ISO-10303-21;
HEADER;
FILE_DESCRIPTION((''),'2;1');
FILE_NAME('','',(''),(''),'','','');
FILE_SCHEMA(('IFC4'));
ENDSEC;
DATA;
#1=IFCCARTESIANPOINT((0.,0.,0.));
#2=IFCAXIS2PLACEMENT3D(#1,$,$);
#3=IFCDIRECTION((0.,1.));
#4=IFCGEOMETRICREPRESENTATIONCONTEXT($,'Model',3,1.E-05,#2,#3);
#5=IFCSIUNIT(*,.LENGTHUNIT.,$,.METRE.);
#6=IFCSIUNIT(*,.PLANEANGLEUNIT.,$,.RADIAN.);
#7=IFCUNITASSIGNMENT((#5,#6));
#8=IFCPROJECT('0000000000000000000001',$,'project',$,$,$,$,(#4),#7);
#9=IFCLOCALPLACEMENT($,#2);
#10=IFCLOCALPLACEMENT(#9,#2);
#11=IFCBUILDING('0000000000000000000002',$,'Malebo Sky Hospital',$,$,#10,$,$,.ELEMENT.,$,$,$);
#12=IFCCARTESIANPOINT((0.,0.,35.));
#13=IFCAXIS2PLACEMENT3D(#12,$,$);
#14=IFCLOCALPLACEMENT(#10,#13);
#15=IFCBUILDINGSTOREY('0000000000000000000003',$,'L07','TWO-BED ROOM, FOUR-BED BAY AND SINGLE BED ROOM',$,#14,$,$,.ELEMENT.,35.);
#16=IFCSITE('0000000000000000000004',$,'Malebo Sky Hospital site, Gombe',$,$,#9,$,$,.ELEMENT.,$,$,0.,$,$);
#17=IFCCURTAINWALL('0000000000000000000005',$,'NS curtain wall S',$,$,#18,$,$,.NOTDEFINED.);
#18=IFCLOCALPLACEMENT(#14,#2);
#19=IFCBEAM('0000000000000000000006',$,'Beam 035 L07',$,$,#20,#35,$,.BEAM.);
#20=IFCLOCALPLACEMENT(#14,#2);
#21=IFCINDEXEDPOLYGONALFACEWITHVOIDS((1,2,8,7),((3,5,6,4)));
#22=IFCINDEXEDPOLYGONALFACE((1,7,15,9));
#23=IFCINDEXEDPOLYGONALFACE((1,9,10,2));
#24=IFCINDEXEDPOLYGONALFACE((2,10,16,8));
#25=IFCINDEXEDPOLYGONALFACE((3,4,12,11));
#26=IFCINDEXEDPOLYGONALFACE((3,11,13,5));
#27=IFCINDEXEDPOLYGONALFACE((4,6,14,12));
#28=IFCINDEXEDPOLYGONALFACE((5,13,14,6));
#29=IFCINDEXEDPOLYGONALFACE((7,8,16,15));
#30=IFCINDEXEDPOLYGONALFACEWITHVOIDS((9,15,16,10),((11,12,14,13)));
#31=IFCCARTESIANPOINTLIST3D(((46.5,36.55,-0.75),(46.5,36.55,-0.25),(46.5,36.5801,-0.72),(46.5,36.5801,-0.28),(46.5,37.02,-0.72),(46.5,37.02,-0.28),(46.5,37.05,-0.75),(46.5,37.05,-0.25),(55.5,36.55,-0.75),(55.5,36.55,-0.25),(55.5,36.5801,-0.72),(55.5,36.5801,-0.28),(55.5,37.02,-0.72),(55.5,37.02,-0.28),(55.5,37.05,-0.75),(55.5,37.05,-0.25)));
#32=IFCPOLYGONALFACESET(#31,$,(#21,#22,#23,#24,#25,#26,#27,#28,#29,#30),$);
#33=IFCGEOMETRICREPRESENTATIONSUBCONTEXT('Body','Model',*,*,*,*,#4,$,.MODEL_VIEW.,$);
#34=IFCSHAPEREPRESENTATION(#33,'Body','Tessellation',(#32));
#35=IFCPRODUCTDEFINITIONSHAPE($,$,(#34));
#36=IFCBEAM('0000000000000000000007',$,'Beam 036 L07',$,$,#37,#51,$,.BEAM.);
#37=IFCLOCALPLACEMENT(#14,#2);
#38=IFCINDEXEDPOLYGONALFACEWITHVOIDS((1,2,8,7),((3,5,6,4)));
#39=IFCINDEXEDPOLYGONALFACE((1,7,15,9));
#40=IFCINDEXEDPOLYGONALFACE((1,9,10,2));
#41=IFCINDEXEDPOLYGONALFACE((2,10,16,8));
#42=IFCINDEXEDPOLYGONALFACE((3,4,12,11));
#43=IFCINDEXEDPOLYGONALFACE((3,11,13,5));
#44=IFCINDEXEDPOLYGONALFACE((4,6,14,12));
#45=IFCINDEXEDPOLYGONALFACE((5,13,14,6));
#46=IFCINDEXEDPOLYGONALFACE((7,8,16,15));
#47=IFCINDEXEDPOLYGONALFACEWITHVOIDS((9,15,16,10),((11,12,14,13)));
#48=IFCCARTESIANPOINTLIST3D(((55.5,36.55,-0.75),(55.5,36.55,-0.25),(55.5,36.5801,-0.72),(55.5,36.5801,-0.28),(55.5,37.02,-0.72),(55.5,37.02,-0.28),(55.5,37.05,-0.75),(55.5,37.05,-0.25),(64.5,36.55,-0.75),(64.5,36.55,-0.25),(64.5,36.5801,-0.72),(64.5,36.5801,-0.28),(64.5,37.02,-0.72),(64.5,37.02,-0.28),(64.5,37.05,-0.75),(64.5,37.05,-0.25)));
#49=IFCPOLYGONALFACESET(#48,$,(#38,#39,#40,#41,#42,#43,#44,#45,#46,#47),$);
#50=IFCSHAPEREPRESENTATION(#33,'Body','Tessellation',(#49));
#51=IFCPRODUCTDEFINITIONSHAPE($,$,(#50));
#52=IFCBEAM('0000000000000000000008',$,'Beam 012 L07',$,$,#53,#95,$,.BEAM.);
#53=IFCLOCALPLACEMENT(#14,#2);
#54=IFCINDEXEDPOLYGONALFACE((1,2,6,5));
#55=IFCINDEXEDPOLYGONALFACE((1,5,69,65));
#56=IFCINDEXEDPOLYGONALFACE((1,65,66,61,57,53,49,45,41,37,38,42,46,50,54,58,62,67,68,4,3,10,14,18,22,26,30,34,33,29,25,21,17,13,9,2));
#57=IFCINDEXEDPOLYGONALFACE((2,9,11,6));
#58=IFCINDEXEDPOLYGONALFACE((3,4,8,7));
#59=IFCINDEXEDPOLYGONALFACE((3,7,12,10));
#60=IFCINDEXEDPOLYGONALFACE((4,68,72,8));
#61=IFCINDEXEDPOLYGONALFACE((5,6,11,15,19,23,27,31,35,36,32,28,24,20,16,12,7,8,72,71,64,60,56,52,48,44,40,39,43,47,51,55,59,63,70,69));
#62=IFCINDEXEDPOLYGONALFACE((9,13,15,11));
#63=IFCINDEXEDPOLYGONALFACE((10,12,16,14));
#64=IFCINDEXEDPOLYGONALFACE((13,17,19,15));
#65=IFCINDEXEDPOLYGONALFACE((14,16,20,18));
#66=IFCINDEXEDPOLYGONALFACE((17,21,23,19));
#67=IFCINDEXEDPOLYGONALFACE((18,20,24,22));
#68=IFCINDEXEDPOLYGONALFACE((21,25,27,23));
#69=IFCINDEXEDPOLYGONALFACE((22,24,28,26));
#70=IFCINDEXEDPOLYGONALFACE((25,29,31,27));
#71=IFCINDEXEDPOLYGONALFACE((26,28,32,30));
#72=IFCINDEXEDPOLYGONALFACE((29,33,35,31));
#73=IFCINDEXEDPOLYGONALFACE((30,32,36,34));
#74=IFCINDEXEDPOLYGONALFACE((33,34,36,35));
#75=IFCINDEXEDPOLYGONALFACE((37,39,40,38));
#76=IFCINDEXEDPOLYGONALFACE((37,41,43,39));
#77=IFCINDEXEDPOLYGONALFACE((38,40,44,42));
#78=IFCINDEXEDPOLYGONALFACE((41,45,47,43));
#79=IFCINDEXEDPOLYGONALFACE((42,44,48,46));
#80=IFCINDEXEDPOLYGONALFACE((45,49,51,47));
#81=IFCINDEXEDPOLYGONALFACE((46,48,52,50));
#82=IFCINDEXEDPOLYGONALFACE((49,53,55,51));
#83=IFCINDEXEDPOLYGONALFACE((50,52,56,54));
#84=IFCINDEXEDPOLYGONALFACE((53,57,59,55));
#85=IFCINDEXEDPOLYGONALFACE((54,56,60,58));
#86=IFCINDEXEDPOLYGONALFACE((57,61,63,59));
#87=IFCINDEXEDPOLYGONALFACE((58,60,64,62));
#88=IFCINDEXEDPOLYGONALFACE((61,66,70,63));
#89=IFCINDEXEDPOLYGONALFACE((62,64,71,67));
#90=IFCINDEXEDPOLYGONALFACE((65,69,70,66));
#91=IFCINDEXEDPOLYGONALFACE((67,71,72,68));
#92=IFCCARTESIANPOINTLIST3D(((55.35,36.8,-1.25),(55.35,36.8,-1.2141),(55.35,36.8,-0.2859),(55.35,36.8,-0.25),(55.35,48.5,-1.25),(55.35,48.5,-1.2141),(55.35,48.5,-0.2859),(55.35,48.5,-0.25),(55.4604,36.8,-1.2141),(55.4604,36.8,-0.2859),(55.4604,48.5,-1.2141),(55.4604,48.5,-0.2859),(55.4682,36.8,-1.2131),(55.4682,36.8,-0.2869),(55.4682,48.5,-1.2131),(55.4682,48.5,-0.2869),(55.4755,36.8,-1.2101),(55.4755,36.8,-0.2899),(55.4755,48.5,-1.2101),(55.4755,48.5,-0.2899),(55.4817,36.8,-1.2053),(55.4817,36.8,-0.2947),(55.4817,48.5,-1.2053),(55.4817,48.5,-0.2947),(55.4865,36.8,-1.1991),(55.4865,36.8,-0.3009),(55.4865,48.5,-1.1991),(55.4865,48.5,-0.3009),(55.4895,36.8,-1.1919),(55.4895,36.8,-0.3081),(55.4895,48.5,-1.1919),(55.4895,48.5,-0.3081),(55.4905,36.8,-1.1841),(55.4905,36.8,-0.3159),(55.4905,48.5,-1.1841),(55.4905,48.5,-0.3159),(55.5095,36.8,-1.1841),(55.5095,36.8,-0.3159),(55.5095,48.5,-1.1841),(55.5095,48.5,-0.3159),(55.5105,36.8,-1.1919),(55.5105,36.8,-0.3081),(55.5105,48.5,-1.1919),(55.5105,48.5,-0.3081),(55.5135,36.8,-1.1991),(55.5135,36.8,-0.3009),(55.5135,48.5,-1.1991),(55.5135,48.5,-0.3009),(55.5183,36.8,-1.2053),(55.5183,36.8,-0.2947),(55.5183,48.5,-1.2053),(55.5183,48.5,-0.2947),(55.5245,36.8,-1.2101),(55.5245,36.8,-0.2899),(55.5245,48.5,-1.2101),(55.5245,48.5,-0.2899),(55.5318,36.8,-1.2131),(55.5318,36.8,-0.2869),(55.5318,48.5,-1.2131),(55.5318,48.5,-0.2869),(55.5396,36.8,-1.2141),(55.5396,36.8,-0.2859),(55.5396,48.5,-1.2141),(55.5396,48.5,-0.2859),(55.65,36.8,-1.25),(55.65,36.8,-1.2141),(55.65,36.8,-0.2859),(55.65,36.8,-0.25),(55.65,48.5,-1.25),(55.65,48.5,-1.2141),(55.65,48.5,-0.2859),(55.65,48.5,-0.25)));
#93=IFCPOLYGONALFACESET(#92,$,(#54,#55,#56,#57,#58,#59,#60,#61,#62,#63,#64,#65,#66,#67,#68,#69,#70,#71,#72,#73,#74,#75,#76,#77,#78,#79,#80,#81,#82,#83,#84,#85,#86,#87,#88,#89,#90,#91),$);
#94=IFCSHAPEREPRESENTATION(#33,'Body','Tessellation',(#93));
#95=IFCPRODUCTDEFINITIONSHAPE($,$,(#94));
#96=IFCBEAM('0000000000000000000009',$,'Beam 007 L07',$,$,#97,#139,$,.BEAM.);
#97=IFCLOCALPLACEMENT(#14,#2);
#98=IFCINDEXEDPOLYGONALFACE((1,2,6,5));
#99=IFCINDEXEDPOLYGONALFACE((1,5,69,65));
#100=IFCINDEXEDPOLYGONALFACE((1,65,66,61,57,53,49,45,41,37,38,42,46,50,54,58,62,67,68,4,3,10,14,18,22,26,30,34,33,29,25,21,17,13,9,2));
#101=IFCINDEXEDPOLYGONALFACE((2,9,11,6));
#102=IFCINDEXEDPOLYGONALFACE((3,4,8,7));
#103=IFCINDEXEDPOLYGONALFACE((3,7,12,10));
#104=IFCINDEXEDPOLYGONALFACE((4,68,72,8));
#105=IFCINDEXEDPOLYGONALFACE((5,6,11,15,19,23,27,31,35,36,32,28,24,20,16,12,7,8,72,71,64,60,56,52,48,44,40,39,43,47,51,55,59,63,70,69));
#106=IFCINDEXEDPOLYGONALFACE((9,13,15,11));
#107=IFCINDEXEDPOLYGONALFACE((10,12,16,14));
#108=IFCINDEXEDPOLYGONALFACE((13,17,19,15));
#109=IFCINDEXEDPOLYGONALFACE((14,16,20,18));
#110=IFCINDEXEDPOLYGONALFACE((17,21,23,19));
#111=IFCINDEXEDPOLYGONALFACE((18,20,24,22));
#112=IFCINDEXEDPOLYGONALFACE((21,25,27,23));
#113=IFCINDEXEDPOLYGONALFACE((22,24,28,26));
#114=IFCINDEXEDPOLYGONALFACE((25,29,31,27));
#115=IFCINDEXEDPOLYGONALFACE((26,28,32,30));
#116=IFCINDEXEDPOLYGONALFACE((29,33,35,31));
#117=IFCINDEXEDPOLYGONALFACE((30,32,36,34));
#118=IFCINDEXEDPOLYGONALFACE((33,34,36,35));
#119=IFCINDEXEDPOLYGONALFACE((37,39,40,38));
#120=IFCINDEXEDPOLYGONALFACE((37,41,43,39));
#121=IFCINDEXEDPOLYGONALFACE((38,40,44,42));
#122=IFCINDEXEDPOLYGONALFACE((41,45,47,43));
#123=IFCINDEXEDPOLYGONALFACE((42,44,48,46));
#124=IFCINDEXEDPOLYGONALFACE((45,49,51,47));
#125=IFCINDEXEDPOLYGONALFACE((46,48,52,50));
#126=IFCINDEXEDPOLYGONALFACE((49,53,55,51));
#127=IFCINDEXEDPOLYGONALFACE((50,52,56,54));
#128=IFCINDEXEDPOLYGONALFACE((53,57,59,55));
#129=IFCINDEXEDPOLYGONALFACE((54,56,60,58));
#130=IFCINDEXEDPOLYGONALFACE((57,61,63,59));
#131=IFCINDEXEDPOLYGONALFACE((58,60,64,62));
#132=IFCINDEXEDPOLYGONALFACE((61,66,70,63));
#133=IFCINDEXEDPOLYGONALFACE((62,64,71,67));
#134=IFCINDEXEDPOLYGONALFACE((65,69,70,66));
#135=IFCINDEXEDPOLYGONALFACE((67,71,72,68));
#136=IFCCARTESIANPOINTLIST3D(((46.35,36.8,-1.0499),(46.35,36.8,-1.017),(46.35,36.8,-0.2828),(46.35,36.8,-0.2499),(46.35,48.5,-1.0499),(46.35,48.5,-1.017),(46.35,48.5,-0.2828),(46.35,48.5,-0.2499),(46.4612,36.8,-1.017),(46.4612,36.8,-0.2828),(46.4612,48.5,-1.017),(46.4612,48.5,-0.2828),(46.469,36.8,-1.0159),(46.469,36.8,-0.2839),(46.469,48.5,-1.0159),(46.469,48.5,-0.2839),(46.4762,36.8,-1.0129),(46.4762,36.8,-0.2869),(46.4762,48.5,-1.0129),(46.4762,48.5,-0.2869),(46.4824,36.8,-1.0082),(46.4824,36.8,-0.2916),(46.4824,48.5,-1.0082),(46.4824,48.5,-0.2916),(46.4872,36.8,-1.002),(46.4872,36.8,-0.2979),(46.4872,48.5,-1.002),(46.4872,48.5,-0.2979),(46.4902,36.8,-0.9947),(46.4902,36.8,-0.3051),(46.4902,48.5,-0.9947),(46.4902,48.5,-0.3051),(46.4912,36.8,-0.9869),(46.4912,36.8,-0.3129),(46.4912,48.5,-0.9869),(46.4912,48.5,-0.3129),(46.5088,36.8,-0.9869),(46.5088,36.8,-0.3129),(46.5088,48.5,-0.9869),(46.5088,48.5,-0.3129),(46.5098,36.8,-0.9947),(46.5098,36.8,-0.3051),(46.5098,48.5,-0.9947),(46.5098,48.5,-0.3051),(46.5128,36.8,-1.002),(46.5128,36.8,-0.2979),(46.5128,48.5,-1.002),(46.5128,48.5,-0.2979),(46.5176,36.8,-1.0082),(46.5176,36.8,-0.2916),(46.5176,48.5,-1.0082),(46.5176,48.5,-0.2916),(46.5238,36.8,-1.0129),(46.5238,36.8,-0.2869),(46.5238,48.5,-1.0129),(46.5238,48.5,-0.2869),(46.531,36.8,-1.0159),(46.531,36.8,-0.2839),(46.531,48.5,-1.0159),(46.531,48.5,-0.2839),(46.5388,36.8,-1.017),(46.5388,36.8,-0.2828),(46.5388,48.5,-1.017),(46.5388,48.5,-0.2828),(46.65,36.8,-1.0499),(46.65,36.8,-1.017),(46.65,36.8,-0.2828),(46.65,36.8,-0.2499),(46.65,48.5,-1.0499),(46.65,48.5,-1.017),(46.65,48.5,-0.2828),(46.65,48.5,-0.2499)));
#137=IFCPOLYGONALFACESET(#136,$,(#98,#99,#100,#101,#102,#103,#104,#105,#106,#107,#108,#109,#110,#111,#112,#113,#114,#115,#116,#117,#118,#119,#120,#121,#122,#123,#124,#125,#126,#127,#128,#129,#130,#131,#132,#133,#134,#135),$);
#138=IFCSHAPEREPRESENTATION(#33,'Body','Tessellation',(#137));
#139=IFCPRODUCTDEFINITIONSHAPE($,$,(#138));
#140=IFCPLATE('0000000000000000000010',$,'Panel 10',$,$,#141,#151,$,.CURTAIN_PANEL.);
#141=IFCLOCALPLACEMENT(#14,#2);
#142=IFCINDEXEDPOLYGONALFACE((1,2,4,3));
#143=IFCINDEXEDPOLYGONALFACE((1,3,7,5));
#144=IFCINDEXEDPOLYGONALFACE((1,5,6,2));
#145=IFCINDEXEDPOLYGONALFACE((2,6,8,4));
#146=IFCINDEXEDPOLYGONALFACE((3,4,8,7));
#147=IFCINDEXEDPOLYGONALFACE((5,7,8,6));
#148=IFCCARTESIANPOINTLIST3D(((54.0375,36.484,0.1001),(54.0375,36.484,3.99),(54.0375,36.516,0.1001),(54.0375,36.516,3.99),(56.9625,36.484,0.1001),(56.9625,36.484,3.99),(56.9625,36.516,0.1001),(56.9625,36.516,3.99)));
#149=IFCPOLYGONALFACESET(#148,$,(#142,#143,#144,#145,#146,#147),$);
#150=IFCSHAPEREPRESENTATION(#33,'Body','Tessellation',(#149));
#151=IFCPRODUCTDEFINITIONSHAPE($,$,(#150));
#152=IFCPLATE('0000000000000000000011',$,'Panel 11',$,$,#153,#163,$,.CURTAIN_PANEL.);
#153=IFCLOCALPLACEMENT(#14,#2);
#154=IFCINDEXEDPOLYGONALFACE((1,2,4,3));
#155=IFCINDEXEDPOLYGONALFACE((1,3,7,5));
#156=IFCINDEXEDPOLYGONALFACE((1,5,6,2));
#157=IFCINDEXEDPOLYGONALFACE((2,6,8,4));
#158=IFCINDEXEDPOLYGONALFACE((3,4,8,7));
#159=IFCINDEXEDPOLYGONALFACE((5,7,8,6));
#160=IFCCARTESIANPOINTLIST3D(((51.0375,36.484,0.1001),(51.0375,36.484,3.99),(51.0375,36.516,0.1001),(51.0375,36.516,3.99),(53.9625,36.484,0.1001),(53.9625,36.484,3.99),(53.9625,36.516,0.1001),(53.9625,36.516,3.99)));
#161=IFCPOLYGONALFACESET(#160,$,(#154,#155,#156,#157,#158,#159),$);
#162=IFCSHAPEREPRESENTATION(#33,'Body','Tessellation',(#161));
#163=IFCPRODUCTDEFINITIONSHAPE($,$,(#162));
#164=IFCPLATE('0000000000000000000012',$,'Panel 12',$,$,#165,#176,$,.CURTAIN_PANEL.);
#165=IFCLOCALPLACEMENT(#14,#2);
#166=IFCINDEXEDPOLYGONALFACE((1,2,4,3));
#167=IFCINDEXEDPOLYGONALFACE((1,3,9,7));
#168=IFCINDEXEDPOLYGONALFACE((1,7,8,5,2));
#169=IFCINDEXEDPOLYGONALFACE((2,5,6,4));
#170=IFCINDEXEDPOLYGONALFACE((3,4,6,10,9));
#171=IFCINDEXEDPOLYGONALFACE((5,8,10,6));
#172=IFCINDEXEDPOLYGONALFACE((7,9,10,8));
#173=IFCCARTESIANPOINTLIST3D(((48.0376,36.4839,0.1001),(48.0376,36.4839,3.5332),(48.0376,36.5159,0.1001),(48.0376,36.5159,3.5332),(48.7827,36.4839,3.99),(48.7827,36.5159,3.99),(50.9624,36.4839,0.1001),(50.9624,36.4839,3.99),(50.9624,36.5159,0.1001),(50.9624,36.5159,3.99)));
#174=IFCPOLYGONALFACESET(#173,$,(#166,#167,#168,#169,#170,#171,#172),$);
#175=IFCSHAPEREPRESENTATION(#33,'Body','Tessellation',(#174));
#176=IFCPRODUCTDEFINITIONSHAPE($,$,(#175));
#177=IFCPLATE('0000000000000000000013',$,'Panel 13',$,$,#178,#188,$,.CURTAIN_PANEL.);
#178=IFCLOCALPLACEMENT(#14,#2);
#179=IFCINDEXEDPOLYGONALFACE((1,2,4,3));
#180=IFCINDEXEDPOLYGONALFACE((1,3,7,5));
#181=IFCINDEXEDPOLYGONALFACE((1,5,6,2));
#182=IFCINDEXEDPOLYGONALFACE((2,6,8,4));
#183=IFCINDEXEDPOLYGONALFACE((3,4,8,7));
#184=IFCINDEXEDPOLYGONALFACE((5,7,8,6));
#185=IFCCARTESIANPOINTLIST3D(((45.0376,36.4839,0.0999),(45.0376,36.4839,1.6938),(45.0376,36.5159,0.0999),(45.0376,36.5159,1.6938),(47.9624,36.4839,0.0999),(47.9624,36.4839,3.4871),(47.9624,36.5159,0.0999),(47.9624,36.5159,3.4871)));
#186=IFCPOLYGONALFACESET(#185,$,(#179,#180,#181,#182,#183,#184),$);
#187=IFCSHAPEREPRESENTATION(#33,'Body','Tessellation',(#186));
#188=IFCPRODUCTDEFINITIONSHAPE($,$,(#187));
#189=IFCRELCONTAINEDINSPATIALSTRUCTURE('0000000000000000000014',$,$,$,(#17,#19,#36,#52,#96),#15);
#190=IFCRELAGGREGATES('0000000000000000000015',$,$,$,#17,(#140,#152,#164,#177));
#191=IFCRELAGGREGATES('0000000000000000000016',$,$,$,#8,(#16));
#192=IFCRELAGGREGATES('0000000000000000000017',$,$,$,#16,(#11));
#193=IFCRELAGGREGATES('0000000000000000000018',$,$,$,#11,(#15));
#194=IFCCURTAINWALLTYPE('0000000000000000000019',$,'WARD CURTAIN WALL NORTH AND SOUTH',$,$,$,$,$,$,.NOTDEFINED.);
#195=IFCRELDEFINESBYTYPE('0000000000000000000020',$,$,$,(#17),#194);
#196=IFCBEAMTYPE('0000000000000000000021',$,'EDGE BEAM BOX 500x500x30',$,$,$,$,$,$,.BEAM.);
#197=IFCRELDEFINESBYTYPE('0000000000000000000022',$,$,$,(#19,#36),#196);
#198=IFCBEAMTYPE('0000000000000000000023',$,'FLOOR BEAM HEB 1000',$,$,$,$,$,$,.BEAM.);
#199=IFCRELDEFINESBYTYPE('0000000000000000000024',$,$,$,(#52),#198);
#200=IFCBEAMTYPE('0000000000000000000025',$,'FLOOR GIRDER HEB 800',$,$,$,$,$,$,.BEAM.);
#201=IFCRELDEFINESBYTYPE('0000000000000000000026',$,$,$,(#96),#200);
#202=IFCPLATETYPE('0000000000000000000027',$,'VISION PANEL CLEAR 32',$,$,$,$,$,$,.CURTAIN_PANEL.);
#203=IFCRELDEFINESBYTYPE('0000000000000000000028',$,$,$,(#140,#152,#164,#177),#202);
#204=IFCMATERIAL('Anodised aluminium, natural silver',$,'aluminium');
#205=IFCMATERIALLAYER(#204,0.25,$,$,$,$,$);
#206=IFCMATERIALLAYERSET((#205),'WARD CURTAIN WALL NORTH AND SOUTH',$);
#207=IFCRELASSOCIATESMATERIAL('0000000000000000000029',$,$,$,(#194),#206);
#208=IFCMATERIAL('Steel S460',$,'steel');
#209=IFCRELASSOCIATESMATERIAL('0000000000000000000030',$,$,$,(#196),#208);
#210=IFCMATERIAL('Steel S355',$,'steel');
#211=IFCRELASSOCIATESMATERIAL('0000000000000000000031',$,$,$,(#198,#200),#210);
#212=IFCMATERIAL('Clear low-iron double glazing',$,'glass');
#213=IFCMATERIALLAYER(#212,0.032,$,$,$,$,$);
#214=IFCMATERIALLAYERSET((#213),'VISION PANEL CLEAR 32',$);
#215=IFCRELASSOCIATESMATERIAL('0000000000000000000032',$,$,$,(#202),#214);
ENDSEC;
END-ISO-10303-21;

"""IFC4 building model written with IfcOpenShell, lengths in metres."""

from ifc_helpers import new_model, si_unit, direction, frame, origin, origin_2d, place, context, subcontext, project, spatial, polyline, rectangle, hollow_rectangle, i_section, outline, extrude, material, layer, layer_set, material_profile, profile_set, type_object, element, aggregate, save


model = new_model("IFC4")

# Units and contexts
model_context = context("Model", 3, precision=1e-05, world=origin(), true_north=direction((0.0, 1.0)))
body_context = subcontext(model_context, "Body", "Model", "MODEL_VIEW")
ifc_project = project(units=[si_unit("LENGTHUNIT", "METRE"), si_unit("PLANEANGLEUNIT", "RADIAN")], contexts=[model_context])

# Site, building, storey
site_placement = place(None, origin())
site = spatial("IfcSite", under=ifc_project, at=site_placement, Name="Malebo Sky Hospital site, Gombe", CompositionType="ELEMENT", RefElevation=0.0)
building_placement = place(site_placement, origin())
building = spatial("IfcBuilding", under=site, at=building_placement, Name="Malebo Sky Hospital", CompositionType="ELEMENT")
storey_placement = place(building_placement, frame((0.0, 0.0, 35.0)))
storey = spatial("IfcBuildingStorey", under=building, at=storey_placement, Name="L07", Description="TWO-BED ROOM, FOUR-BED BAY AND SINGLE BED ROOM", CompositionType="ELEMENT", Elevation=35.0)

# Shared definitions
ifc_material_1 = material(Name="Steel S460", Category="steel")

# Curtain wall
ifc_material_2 = material(Name="Anodised aluminium, natural silver", Category="aluminium")
ifc_layer_1 = layer(ifc_material_2, 0.25)
ifc_layer_set_1 = layer_set([ifc_layer_1], Name="WARD CURTAIN WALL NORTH AND SOUTH")
curtain_wall_type = type_object("IfcCurtainWallType", Name="WARD CURTAIN WALL NORTH AND SOUTH", PredefinedType="NOTDEFINED", material=ifc_layer_set_1)
curtain_wall_placement = place(storey_placement, origin())
curtain_wall = element("IfcCurtainWall", 1, at=curtain_wall_placement, inside=storey, type_object=curtain_wall_type, Name="NS curtain wall S", PredefinedType="NOTDEFINED")

# Beams
ifc_material_profile_1 = material_profile(ifc_material_1, hollow_rectangle(XDim=0.5, YDim=0.5, WallThickness=0.03, at=origin_2d()), Name="BOX 500x500x30")
ifc_profile_set_1 = profile_set([ifc_material_profile_1], Name="Steel S460")
beam_type_1 = type_object("IfcBeamType", Name="EDGE BEAM BOX 500x500x30", PredefinedType="BEAM", material=ifc_profile_set_1)
for number, where, z_axis, x_axis, name in (
    (2, (46.5, 36.8, -0.5), (1.0, 0.0, 0.0), (0.0, 1.0, 0.0), "Beam 035 L07"),
    (3, (55.5, 36.8, -0.5), (1.0, 0.0, 0.0), (0.0, 1.0, 0.0), "Beam 036 L07"),
):
    element("IfcBeam", number, at=place(storey_placement, frame(where, z_axis=z_axis, x_axis=x_axis)), inside=storey, type_object=beam_type_1, Name=name, PredefinedType="BEAM", context=body_context, shape_type="SweptSolid", body=[
        extrude(hollow_rectangle(XDim=0.5, YDim=0.5, WallThickness=0.03, at=origin_2d()), origin(), (0.0, 0.0, 1.0), 9.0),
    ])
ifc_material_3 = material(Name="Steel S355", Category="steel")
ifc_material_profile_2 = material_profile(ifc_material_3, i_section(OverallWidth=0.3, OverallDepth=1.0, WebThickness=0.019, FlangeThickness=0.0359, FilletRadius=0.03, at=origin_2d()), Name="HEB 1000")
ifc_profile_set_2 = profile_set([ifc_material_profile_2], Name="Steel S355")
beam_type_2 = type_object("IfcBeamType", Name="FLOOR BEAM HEB 1000", PredefinedType="BEAM", material=ifc_profile_set_2)
beam_1_placement = place(storey_placement, frame((55.5, 36.8, -0.75), z_axis=(0.0, 1.0, 0.0), x_axis=(-1.0, 0.0, 0.0)))
element("IfcBeam", 4, at=beam_1_placement, inside=storey, type_object=beam_type_2, Name="Beam 012 L07", PredefinedType="BEAM", context=body_context, shape_type="SweptSolid", body=[
    extrude(i_section(OverallWidth=0.3, OverallDepth=1.0, WebThickness=0.019, FlangeThickness=0.0359, FilletRadius=0.03, at=origin_2d()), origin(), (0.0, 0.0, 1.0), 11.7),
])
ifc_material_profile_3 = material_profile(ifc_material_3, i_section(OverallWidth=0.3, OverallDepth=0.8, WebThickness=0.0176, FlangeThickness=0.033, FilletRadius=0.03, at=origin_2d()), Name="HEB 800")
ifc_profile_set_3 = profile_set([ifc_material_profile_3], Name="Steel S355")
beam_type_3 = type_object("IfcBeamType", Name="FLOOR GIRDER HEB 800", PredefinedType="BEAM", material=ifc_profile_set_3)
beam_2_placement = place(storey_placement, frame((46.5, 36.8, -0.6499), z_axis=(0.0, 1.0, 0.0), x_axis=(-1.0, 0.0, 0.0)))
element("IfcBeam", 5, at=beam_2_placement, inside=storey, type_object=beam_type_3, Name="Beam 007 L07", PredefinedType="BEAM", context=body_context, shape_type="SweptSolid", body=[
    extrude(i_section(OverallWidth=0.3, OverallDepth=0.8, WebThickness=0.0176, FlangeThickness=0.033, FilletRadius=0.03, at=origin_2d()), origin(), (0.0, 0.0, 1.0), 11.7),
])

# Plates
ifc_material_4 = material(Name="Clear low-iron double glazing", Category="glass")
ifc_layer_2 = layer(ifc_material_4, 0.032)
ifc_layer_set_2 = layer_set([ifc_layer_2], Name="VISION PANEL CLEAR 32")
plate_type = type_object("IfcPlateType", Name="VISION PANEL CLEAR 32", PredefinedType="CURTAIN_PANEL", material=ifc_layer_set_2)
plate_1_placement = place(storey_placement, frame((55.5, 36.5, 0.1001), z_axis=(0.0, 0.0, 1.0), x_axis=(-1.0, 0.0, 0.0)))
plate_1 = element("IfcPlate", 6, at=plate_1_placement, type_object=plate_type, Name="Panel 10", PredefinedType="CURTAIN_PANEL", context=body_context, shape_type="SweptSolid", body=[
    extrude(rectangle(XDim=2.925, YDim=0.032, at=origin_2d()), origin(), (0.0, 0.0, 1.0), 3.8899),
])
plate_2_placement = place(storey_placement, frame((52.5, 36.5, 0.1001), z_axis=(0.0, 0.0, 1.0), x_axis=(-1.0, 0.0, 0.0)))
plate_2 = element("IfcPlate", 7, at=plate_2_placement, type_object=plate_type, Name="Panel 11", PredefinedType="CURTAIN_PANEL", context=body_context, shape_type="SweptSolid", body=[
    extrude(rectangle(XDim=2.925, YDim=0.032, at=origin_2d()), origin(), (0.0, 0.0, 1.0), 3.8899),
])
plate_3_placement = place(storey_placement, frame((49.5, 36.5, 0.1001), z_axis=(0.0, 0.0, 1.0), x_axis=(-1.0, 0.0, 0.0)))
plate_3 = element("IfcPlate", 8, at=plate_3_placement, type_object=plate_type, Name="Panel 12", PredefinedType="CURTAIN_PANEL", context=body_context, shape_type="SweptSolid", body=[
    extrude(outline(polyline([(-1.4624, 0.0), (1.4624, 0.0), (1.4624, 3.4331), (0.7173, 3.8899), (-1.4624, 3.8899), (-1.4624, 0.0)])), frame((0.0, 0.0161, 0.0), z_axis=(0.0, -1.0, 0.0), x_axis=(1.0, 0.0, 0.0)), (0.0, 0.0, 1.0), 0.032),
])
plate_4_placement = place(storey_placement, frame((46.5, 36.5, 0.0999), z_axis=(0.0, 0.0, 1.0), x_axis=(-1.0, 0.0, 0.0)))
plate_4 = element("IfcPlate", 9, at=plate_4_placement, type_object=plate_type, Name="Panel 13", PredefinedType="CURTAIN_PANEL", context=body_context, shape_type="SweptSolid", body=[
    extrude(outline(polyline([(-1.4624, 0.0), (1.4624, 0.0), (1.4624, 1.594), (-1.4624, 3.3872), (-1.4624, 0.0)])), frame((0.0, 0.0161, 0.0), z_axis=(0.0, -1.0, 0.0), x_axis=(1.0, 0.0, 0.0)), (0.0, 0.0, 1.0), 0.032),
])
aggregate(curtain_wall, [plate_1, plate_2, plate_3, plate_4])

save(model, "model.ifc")
